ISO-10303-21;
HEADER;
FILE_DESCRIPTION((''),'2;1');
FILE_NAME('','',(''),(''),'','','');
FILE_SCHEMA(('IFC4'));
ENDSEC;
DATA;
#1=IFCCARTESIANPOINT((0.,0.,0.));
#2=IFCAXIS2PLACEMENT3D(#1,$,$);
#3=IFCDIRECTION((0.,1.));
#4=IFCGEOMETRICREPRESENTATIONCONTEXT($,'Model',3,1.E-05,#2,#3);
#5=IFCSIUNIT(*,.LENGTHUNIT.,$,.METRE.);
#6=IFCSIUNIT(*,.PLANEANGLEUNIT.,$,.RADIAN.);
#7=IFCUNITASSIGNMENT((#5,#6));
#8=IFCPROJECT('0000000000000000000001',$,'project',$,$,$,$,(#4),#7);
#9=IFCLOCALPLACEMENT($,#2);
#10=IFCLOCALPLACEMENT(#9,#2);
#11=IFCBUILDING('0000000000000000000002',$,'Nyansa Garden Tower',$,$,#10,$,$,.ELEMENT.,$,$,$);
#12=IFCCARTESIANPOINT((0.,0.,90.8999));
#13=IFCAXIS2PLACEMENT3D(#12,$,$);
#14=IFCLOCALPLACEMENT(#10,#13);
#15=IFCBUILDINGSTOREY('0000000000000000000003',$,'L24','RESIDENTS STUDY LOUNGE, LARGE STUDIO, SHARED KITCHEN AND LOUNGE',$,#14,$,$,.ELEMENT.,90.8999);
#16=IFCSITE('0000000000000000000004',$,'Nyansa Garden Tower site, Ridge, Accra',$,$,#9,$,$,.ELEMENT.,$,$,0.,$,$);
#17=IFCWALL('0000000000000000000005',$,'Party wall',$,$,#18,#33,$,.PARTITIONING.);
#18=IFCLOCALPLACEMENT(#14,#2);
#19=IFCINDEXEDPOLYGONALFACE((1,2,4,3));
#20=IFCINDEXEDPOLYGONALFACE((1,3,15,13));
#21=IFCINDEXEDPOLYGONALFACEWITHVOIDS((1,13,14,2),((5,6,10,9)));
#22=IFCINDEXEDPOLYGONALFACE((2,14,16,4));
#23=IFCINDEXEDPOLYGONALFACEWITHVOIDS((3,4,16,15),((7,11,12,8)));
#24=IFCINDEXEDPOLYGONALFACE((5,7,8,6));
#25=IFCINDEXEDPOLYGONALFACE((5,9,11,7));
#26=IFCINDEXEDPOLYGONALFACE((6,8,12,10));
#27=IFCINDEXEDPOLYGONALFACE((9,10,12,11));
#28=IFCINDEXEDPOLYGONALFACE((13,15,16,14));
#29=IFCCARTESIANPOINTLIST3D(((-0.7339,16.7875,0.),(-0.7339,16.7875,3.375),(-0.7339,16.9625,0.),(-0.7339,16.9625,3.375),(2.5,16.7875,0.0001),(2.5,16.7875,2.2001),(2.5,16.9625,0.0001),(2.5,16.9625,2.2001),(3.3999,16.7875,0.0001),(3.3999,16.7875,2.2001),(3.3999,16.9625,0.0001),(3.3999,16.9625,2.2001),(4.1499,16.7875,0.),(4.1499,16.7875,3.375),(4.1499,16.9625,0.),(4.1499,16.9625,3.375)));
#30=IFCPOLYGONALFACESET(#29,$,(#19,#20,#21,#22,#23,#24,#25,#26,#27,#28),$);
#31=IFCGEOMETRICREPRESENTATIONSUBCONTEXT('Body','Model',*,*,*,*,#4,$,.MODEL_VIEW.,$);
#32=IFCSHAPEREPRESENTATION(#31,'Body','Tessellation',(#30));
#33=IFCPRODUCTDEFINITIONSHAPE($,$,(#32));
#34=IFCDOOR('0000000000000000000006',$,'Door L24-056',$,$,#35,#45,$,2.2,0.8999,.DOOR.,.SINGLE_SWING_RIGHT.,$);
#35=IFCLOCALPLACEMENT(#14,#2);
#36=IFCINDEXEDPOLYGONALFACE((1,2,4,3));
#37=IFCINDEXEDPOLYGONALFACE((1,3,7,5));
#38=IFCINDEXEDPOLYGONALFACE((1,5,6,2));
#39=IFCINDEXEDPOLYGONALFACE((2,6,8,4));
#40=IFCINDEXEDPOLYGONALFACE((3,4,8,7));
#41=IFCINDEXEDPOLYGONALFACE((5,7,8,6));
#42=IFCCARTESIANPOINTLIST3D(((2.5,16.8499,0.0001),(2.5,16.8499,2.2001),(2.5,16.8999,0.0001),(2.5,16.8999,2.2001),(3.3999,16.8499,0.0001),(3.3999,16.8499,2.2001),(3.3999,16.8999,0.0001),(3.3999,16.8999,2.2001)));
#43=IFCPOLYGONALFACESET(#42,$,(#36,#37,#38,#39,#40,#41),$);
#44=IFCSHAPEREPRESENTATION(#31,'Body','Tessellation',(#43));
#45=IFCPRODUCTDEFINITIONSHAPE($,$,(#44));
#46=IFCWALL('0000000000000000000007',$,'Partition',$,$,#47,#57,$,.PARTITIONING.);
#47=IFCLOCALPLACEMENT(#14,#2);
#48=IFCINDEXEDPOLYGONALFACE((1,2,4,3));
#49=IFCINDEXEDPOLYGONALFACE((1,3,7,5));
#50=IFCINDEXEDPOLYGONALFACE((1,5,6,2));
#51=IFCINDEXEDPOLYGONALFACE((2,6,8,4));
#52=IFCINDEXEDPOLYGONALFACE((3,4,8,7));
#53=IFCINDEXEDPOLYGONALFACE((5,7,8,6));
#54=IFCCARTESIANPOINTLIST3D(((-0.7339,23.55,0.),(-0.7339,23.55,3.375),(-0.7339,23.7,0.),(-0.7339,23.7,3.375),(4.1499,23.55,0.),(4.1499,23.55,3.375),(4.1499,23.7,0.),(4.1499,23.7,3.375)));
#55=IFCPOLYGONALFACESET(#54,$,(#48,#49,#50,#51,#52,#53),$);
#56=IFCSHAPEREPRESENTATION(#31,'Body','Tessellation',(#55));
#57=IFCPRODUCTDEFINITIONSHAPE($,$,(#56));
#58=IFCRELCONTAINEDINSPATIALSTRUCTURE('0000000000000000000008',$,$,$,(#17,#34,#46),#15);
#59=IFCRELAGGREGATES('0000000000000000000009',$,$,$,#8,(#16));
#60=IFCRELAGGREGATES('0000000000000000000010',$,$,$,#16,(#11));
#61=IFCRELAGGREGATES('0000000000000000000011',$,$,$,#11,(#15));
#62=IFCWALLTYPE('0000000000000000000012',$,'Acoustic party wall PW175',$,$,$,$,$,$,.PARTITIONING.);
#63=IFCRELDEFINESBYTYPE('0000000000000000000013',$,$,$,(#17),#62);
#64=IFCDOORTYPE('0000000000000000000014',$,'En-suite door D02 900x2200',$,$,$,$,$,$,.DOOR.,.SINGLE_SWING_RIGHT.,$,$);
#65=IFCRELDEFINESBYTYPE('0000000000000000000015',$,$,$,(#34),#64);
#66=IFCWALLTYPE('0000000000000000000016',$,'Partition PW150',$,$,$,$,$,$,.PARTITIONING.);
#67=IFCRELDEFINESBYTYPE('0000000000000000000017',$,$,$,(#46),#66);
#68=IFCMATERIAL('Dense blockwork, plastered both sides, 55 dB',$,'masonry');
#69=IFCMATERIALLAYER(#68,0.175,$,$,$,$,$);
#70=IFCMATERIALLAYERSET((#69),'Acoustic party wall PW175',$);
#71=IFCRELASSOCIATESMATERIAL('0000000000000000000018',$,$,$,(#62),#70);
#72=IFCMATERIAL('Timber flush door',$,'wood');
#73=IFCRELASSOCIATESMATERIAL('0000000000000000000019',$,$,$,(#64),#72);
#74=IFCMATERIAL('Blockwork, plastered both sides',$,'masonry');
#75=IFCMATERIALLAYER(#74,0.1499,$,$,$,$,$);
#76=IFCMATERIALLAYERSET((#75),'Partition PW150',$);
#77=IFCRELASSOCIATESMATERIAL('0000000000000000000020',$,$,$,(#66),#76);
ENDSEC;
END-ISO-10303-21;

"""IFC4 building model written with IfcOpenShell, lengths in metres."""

from ifc_helpers import new_model, si_unit, direction, frame, frame_2d, origin, place, context, subcontext, project, spatial, rectangle, extrude, material, layer, layer_set, type_object, element, fill, save


model = new_model("IFC4")

# Units and contexts
model_context = context("Model", 3, precision=1e-05, world=origin(), true_north=direction((0.0, 1.0)))
body_context = subcontext(model_context, "Body", "Model", "MODEL_VIEW")
ifc_project = project(units=[si_unit("LENGTHUNIT", "METRE"), si_unit("PLANEANGLEUNIT", "RADIAN")], contexts=[model_context])

# Site, building, storey
site_placement = place(None, origin())
site = spatial("IfcSite", under=ifc_project, at=site_placement, Name="Nyansa Garden Tower site, Ridge, Accra", CompositionType="ELEMENT", RefElevation=0.0)
building_placement = place(site_placement, origin())
building = spatial("IfcBuilding", under=site, at=building_placement, Name="Nyansa Garden Tower", CompositionType="ELEMENT")
storey_placement = place(building_placement, frame((0.0, 0.0, 90.8999)))
storey = spatial("IfcBuildingStorey", under=building, at=storey_placement, Name="L24", Description="RESIDENTS STUDY LOUNGE, LARGE STUDIO, SHARED KITCHEN AND LOUNGE", CompositionType="ELEMENT", Elevation=90.8999)

# Wall, opening, door
ifc_material_1 = material(Name="Dense blockwork, plastered both sides, 55 dB", Category="masonry")
ifc_layer_1 = layer(ifc_material_1, 0.175)
ifc_layer_set_1 = layer_set([ifc_layer_1], Name="Acoustic party wall PW175")
wall_type_1 = type_object("IfcWallType", Name="Acoustic party wall PW175", PredefinedType="PARTITIONING", material=ifc_layer_set_1)
wall_1_placement = place(storey_placement, frame((-0.7339, 16.875, 0.0), z_axis=(0.0, 0.0, 1.0), x_axis=(1.0, 0.0, 0.0)))
wall_1 = element("IfcWall", 1, at=wall_1_placement, inside=storey, type_object=wall_type_1, Name="Party wall", PredefinedType="PARTITIONING", context=body_context, shape_type="SweptSolid", body=[
    extrude(rectangle(XDim=4.8838, YDim=0.175, at=frame_2d((2.4419, 0.0))), origin(), (0.0, 0.0, 1.0), 3.375),
])
opening_placement = place(wall_1_placement, frame((3.2339, 0.0, 0.0)))
opening = element("IfcOpeningElement", 2, at=opening_placement, cuts=wall_1, PredefinedType="OPENING", context=body_context, shape_type="SweptSolid", body=[
    extrude(rectangle(XDim=0.8999, YDim=2.2, at=frame_2d((0.45, 1.1001))), frame((0.0, 0.0974, 0.0), z_axis=(0.0, -1.0, 0.0), x_axis=(1.0, 0.0, 0.0)), (0.0, 0.0, 1.0), 0.1951),
])
ifc_material_2 = material(Name="Timber flush door", Category="wood")
door_type = type_object("IfcDoorType", Name="En-suite door D02 900x2200", OperationType="SINGLE_SWING_RIGHT", PredefinedType="DOOR", material=ifc_material_2)
door_placement = place(opening_placement, origin())
door = element("IfcDoor", 3, at=door_placement, inside=storey, type_object=door_type, Name="Door L24-056", OperationType="SINGLE_SWING_RIGHT", OverallHeight=2.2, OverallWidth=0.8999, PredefinedType="DOOR", context=body_context, shape_type="SweptSolid", body=[
    extrude(rectangle(XDim=0.8999, YDim=2.2, at=frame_2d((0.45, 1.1001))), frame((0.0, 0.0249, 0.0), z_axis=(0.0, -1.0, 0.0), x_axis=(1.0, 0.0, 0.0)), (0.0, 0.0, 1.0), 0.05),
])
fill(opening, door)

# Wall
ifc_material_3 = material(Name="Blockwork, plastered both sides", Category="masonry")
ifc_layer_2 = layer(ifc_material_3, 0.1499)
ifc_layer_set_2 = layer_set([ifc_layer_2], Name="Partition PW150")
wall_type_2 = type_object("IfcWallType", Name="Partition PW150", PredefinedType="PARTITIONING", material=ifc_layer_set_2)
wall_2_placement = place(storey_placement, frame((-0.7339, 23.625, 0.0), z_axis=(0.0, 0.0, 1.0), x_axis=(1.0, 0.0, 0.0)))
element("IfcWall", 4, at=wall_2_placement, inside=storey, type_object=wall_type_2, Name="Partition", PredefinedType="PARTITIONING", context=body_context, shape_type="SweptSolid", body=[
    extrude(rectangle(XDim=4.8838, YDim=0.1499, at=frame_2d((2.4419, 0.0))), origin(), (0.0, 0.0, 1.0), 3.375),
])

save(model, "model.ifc")
